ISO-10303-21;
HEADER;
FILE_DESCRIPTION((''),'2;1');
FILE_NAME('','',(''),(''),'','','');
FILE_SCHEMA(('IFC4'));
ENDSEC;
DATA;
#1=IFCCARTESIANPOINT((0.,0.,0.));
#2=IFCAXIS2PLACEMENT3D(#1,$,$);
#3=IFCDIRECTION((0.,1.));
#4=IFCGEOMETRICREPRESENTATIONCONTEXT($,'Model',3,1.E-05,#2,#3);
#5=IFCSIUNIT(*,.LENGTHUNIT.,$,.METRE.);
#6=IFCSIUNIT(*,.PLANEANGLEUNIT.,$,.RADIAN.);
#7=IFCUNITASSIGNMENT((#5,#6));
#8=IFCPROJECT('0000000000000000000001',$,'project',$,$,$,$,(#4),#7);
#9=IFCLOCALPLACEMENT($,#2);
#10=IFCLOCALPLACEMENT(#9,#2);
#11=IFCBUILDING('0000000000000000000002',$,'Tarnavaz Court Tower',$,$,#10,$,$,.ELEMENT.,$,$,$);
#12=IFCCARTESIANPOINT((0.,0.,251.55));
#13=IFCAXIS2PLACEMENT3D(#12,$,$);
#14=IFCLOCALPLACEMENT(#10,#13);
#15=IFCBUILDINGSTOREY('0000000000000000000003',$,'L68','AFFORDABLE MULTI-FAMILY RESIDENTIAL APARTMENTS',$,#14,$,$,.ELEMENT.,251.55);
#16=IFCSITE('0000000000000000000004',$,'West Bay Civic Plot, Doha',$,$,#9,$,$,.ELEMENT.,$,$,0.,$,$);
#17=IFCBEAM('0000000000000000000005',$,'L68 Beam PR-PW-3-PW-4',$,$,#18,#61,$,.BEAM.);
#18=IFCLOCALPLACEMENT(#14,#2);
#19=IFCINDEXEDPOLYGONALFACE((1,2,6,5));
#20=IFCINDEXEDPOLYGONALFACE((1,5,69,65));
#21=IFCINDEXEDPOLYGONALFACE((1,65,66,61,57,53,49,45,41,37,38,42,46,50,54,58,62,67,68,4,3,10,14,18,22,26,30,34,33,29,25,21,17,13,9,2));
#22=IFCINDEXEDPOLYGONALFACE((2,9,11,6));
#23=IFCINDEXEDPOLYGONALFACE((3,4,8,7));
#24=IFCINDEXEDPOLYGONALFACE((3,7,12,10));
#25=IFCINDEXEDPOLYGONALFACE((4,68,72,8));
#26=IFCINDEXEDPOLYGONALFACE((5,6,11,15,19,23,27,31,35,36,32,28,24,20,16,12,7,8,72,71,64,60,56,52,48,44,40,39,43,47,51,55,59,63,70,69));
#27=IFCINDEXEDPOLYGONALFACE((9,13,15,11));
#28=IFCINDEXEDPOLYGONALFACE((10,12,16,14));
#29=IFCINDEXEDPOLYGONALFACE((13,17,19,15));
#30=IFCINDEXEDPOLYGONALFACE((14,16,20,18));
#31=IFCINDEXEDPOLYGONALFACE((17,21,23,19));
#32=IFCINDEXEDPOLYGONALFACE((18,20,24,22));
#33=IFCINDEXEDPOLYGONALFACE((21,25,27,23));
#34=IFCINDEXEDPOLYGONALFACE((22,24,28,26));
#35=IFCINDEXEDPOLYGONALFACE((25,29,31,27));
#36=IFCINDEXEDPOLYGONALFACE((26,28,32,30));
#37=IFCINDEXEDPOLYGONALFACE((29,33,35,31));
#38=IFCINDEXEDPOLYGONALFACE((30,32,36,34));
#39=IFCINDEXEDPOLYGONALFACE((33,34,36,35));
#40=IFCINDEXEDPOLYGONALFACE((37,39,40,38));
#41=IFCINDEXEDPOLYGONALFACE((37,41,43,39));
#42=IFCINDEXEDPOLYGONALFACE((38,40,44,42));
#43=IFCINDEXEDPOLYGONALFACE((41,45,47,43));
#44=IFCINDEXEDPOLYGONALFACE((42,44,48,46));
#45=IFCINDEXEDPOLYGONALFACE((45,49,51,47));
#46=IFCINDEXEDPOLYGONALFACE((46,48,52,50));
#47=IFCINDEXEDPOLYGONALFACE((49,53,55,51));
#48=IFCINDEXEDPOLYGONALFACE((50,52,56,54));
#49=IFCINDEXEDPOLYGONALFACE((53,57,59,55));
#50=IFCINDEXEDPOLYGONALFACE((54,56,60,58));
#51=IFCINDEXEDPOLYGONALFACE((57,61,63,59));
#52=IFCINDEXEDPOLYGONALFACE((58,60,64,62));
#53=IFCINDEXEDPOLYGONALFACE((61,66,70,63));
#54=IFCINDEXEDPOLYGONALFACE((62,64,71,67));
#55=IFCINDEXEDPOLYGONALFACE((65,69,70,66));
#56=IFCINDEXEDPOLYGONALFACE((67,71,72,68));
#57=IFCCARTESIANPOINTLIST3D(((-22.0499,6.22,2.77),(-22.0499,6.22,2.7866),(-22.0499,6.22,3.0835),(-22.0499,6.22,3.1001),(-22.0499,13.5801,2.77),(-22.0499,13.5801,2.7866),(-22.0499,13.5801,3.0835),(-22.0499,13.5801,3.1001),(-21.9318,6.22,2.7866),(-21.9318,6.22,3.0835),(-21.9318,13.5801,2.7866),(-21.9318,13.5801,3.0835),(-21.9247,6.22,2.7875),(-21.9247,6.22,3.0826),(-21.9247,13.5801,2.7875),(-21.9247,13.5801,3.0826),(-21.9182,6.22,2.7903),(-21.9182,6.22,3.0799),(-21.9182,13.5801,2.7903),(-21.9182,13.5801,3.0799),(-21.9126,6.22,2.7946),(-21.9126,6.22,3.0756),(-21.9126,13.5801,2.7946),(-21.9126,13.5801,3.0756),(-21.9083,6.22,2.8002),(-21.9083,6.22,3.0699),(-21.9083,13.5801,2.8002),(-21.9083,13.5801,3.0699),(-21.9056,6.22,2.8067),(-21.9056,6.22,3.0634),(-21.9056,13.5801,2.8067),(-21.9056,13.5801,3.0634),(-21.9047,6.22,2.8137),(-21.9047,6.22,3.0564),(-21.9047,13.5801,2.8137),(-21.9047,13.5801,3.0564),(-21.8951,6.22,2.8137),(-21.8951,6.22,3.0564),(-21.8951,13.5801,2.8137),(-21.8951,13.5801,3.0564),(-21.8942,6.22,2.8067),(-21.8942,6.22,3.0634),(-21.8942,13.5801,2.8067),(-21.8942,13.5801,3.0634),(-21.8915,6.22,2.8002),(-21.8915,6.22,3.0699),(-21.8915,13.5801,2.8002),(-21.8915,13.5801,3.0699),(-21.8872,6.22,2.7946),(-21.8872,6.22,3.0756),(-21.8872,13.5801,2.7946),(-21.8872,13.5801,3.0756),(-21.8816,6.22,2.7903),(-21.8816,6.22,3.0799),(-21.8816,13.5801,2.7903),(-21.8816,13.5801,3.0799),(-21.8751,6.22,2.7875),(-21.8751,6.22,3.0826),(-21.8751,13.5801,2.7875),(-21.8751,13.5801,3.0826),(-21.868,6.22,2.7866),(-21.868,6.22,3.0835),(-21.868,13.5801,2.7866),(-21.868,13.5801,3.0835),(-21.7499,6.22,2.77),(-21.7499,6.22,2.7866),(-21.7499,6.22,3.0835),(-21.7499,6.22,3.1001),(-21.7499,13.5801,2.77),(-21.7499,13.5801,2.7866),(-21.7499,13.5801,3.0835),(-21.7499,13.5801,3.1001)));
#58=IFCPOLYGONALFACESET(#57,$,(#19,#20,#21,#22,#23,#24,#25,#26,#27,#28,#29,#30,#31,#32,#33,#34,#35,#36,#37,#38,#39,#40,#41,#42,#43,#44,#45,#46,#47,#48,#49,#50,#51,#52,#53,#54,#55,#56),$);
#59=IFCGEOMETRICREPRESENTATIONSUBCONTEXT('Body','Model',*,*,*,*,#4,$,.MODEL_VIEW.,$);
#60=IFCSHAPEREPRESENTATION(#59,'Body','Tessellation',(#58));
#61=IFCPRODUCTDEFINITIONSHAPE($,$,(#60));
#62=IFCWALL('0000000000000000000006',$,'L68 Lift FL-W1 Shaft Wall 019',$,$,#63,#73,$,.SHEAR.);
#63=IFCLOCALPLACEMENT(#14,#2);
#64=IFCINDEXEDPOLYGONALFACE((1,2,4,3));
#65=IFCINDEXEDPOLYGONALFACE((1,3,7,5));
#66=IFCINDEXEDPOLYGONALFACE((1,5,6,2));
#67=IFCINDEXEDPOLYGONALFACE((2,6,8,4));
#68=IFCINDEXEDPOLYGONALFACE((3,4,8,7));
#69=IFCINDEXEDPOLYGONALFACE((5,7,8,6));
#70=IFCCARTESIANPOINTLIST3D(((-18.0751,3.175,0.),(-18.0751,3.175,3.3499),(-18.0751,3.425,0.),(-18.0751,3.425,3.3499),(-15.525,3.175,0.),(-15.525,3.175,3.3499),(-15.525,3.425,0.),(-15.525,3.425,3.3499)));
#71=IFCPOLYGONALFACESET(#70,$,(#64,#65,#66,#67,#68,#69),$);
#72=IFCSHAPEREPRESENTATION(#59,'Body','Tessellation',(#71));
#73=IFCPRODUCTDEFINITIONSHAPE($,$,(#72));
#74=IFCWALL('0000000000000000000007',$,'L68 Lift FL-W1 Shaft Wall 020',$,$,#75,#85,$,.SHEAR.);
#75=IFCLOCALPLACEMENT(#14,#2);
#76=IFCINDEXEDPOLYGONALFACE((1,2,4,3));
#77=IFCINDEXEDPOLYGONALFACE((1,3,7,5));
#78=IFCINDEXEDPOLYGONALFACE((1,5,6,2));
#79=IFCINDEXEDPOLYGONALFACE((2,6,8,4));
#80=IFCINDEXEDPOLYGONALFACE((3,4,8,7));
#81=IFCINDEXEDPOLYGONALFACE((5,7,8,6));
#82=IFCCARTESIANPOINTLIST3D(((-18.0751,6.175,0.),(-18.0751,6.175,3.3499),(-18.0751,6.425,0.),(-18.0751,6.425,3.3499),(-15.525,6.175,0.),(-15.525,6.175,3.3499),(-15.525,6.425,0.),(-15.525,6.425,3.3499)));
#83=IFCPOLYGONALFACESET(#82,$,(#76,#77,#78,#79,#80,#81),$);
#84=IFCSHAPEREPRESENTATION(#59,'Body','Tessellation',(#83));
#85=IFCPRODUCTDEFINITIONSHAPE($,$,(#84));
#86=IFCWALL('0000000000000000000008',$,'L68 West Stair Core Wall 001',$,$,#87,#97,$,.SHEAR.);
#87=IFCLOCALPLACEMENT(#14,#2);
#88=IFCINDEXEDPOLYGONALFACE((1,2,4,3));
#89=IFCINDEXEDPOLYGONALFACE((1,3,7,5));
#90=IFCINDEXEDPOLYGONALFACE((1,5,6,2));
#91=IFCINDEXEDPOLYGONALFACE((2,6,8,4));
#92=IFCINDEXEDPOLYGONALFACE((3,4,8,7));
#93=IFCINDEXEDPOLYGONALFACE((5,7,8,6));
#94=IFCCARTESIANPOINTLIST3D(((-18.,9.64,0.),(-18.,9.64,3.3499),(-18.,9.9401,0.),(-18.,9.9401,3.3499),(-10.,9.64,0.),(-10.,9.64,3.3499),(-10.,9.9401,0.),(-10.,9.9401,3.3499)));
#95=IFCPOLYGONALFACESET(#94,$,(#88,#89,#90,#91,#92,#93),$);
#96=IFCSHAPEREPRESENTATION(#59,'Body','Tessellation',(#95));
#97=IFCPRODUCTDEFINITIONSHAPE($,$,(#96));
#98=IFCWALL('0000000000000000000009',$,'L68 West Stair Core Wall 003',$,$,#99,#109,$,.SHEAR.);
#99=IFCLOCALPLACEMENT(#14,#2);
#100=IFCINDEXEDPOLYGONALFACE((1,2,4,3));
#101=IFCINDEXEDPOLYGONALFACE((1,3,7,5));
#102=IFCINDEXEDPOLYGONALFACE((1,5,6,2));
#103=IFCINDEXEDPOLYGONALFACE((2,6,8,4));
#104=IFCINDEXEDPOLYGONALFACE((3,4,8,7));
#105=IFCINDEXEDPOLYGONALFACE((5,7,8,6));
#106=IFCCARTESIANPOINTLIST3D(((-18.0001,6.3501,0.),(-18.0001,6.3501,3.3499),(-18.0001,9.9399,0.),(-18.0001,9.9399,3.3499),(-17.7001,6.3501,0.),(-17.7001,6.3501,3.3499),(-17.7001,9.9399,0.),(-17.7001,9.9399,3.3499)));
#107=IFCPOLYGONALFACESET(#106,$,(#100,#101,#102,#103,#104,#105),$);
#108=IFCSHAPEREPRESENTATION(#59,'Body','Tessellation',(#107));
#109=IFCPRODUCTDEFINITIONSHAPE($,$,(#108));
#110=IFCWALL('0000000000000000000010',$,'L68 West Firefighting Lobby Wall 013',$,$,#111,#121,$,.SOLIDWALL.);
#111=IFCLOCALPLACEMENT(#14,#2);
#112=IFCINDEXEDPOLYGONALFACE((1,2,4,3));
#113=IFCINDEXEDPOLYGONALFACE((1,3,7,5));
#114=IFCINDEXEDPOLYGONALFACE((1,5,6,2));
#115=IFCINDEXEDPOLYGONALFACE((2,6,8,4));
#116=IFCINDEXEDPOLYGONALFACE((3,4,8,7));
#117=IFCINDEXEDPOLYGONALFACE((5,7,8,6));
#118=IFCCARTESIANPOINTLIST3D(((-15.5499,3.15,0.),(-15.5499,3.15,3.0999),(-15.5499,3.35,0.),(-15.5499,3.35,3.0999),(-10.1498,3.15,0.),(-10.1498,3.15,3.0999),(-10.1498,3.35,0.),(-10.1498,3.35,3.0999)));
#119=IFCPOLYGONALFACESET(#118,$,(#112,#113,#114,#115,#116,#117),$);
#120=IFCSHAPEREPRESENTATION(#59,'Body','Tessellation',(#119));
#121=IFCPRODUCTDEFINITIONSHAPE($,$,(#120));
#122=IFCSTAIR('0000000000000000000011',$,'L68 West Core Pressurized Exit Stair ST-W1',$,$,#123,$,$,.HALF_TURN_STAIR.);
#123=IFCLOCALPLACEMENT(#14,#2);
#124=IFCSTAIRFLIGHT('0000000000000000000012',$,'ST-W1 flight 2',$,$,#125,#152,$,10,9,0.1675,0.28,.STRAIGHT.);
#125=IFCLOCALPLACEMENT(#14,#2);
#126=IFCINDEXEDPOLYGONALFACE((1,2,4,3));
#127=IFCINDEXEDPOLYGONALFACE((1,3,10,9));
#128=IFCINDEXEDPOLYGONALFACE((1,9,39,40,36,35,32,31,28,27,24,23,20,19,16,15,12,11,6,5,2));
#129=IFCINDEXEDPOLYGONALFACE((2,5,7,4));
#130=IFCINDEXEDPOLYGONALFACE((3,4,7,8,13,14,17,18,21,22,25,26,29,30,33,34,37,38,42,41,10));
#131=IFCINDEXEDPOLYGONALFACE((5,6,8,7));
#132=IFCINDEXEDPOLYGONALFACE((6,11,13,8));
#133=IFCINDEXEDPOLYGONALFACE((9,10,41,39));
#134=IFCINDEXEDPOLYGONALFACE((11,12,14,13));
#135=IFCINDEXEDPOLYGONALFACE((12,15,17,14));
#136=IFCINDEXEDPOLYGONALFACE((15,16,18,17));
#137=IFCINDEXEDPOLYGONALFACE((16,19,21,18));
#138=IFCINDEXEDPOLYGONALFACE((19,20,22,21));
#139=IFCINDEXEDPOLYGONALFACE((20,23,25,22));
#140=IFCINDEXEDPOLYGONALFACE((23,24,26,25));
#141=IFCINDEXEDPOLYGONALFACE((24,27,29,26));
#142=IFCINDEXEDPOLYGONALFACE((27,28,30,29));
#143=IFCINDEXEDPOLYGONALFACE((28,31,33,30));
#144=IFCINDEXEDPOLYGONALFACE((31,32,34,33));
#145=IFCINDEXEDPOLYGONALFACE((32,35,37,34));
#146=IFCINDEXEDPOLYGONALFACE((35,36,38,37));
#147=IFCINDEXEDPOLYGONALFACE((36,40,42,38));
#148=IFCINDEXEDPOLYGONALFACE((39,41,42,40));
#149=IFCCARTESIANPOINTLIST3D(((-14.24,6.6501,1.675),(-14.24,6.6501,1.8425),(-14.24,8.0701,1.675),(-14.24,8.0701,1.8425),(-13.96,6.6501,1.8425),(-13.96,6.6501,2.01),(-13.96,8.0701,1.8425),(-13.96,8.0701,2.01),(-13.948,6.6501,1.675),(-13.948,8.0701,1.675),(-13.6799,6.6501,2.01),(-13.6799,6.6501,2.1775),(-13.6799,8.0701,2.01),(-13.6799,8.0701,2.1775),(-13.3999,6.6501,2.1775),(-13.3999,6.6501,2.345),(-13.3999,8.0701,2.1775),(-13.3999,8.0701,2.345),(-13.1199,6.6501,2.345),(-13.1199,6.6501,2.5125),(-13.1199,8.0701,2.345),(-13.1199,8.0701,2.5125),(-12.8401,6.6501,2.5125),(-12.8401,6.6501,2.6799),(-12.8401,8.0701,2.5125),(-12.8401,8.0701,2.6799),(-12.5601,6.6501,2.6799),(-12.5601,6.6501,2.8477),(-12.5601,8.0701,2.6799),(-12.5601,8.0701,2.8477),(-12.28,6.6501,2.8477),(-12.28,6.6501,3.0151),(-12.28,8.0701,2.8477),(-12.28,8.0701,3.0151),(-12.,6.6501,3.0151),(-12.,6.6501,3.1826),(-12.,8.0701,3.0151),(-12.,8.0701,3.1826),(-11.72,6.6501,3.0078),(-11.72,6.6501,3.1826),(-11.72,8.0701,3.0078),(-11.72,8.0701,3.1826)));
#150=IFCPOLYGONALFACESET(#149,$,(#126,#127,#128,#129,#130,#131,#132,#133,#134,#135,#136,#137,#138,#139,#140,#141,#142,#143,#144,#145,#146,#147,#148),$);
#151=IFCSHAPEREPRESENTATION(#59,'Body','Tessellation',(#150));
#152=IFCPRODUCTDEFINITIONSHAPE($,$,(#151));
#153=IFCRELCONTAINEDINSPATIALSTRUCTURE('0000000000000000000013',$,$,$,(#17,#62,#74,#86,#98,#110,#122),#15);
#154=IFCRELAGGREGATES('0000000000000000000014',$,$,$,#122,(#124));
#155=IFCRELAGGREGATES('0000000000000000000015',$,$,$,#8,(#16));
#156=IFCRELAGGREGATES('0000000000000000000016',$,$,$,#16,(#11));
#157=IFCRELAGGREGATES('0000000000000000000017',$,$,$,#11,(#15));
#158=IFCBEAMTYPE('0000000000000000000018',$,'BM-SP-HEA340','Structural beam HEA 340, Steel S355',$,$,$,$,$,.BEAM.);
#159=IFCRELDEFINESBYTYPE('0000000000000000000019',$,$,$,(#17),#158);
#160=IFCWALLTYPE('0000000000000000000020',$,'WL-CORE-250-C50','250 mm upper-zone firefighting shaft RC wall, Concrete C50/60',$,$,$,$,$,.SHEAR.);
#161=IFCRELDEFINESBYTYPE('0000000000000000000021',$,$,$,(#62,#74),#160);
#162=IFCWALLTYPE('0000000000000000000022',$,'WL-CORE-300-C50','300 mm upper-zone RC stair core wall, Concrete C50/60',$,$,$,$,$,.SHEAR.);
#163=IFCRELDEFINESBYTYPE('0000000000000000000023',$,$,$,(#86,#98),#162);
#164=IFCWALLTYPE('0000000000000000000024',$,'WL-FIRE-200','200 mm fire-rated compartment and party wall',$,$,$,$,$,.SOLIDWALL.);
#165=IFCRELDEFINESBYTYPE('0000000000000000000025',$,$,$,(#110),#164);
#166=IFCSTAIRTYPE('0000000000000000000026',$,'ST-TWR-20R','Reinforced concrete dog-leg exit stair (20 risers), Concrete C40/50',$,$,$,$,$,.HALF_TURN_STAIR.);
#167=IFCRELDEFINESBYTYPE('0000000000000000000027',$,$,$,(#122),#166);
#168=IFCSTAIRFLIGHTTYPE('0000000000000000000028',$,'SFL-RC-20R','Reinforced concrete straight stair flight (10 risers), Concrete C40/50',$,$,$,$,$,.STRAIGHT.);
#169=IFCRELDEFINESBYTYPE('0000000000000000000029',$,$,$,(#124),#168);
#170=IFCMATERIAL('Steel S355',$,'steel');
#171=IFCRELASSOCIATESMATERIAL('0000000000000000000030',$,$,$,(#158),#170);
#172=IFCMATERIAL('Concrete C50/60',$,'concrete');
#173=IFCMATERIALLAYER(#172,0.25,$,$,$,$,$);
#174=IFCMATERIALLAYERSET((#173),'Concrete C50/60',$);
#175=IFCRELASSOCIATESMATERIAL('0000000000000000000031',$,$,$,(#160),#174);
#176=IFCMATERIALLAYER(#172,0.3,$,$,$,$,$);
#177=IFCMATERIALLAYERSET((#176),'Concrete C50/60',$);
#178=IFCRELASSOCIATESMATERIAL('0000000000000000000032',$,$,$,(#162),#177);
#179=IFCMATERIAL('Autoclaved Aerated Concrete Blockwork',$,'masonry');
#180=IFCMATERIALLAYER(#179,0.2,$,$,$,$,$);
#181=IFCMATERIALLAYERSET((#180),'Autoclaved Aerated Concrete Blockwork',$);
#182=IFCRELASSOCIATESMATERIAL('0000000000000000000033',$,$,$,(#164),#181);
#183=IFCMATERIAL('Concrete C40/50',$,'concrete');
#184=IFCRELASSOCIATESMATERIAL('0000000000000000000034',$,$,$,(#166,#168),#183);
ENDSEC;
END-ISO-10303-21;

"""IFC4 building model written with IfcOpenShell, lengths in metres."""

from ifc_helpers import new_model, si_unit, direction, frame, frame_2d, origin, origin_2d, place, context, subcontext, project, spatial, polyline, rectangle, i_section, outline, extrude, material, layer, layer_set, material_profile, profile_set, type_object, element, aggregate, save


model = new_model("IFC4")

# Units and contexts
model_context = context("Model", 3, precision=1e-05, world=origin(), true_north=direction((0.0, 1.0)))
body_context = subcontext(model_context, "Body", "Model", "MODEL_VIEW")
ifc_project = project(units=[si_unit("LENGTHUNIT", "METRE"), si_unit("PLANEANGLEUNIT", "RADIAN")], contexts=[model_context])

# Site, building, storey
site_placement = place(None, origin())
site = spatial("IfcSite", under=ifc_project, at=site_placement, Name="West Bay Civic Plot, Doha", CompositionType="ELEMENT", RefElevation=0.0)
building_placement = place(site_placement, origin())
building = spatial("IfcBuilding", under=site, at=building_placement, Name="Tarnavaz Court Tower", CompositionType="ELEMENT")
storey_placement = place(building_placement, frame((0.0, 0.0, 251.55)))
storey = spatial("IfcBuildingStorey", under=building, at=storey_placement, Name="L68", Description="AFFORDABLE MULTI-FAMILY RESIDENTIAL APARTMENTS", CompositionType="ELEMENT", Elevation=251.55)

# Shared definitions
ifc_material_1 = material(Name="Concrete C50/60", Category="concrete")

# Beam
ifc_material_2 = material(Name="Steel S355", Category="steel")
ifc_material_profile_1 = material_profile(ifc_material_2, i_section(OverallWidth=0.3, OverallDepth=0.3301, WebThickness=0.0095, FlangeThickness=0.0166, FilletRadius=0.0271, at=origin_2d()), Name="HEA 340")
ifc_profile_set_1 = profile_set([ifc_material_profile_1], Name="Steel S355")
beam_type_1 = type_object("IfcBeamType", Name="BM-SP-HEA340", Description="Structural beam HEA 340, Steel S355", PredefinedType="BEAM", material=ifc_profile_set_1)
beam_1_placement = place(storey_placement, frame((-21.8999, 6.22, 2.9351), z_axis=(0.0, 1.0, 0.0), x_axis=(-1.0, 0.0, 0.0)))
element("IfcBeam", 1, at=beam_1_placement, inside=storey, type_object=beam_type_1, Name="L68 Beam PR-PW-3-PW-4", PredefinedType="BEAM", context=body_context, shape_type="SweptSolid", body=[
    extrude(i_section(OverallWidth=0.3, OverallDepth=0.3301, WebThickness=0.0095, FlangeThickness=0.0166, FilletRadius=0.0271, at=origin_2d()), origin(), (0.0, 0.0, 1.0), 7.3601),
])

# Shared definitions
ifc_layer_1 = layer(ifc_material_1, 0.25)
ifc_layer_set_1 = layer_set([ifc_layer_1], Name="Concrete C50/60")
wall_type_1 = type_object("IfcWallType", Name="WL-CORE-250-C50", Description="250 mm upper-zone firefighting shaft RC wall, Concrete C50/60", PredefinedType="SHEAR", material=ifc_layer_set_1)

# Walls
for number, where, z_axis, x_axis, name in (
    (2, (-18.075, 3.3, 0.0), (0.0, 0.0, 1.0), (1.0, 0.0, 0.0), "L68 Lift FL-W1 Shaft Wall 019"),
    (3, (-18.075, 6.3, 0.0), (0.0, 0.0, 1.0), (1.0, 0.0, 0.0), "L68 Lift FL-W1 Shaft Wall 020"),
):
    element("IfcWall", number, at=place(storey_placement, frame(where, z_axis=z_axis, x_axis=x_axis)), inside=storey, type_object=wall_type_1, Name=name, PredefinedType="SHEAR", context=body_context, shape_type="SweptSolid", body=[
        extrude(rectangle(XDim=2.55, YDim=0.25, at=frame_2d((1.2749, 0.0))), origin(), (0.0, 0.0, 1.0), 3.3499),
    ])
ifc_layer_2 = layer(ifc_material_1, 0.3)
ifc_layer_set_2 = layer_set([ifc_layer_2], Name="Concrete C50/60")
wall_type_2 = type_object("IfcWallType", Name="WL-CORE-300-C50", Description="300 mm upper-zone RC stair core wall, Concrete C50/60", PredefinedType="SHEAR", material=ifc_layer_set_2)
wall_1_placement = place(storey_placement, frame((-18.0, 9.79, 0.0), z_axis=(0.0, 0.0, 1.0), x_axis=(1.0, 0.0, 0.0)))
element("IfcWall", 4, at=wall_1_placement, inside=storey, type_object=wall_type_2, Name="L68 West Stair Core Wall 001", PredefinedType="SHEAR", context=body_context, shape_type="SweptSolid", body=[
    extrude(rectangle(XDim=8.0, YDim=0.3, at=frame_2d((4.0, 0.0))), origin(), (0.0, 0.0, 1.0), 3.3499),
])

# Walls
wall_2_placement = place(storey_placement, frame((-17.8501, 6.3501, 0.0), z_axis=(0.0, 0.0, 1.0), x_axis=(0.0, 1.0, 0.0)))
element("IfcWall", 5, at=wall_2_placement, inside=storey, type_object=wall_type_2, Name="L68 West Stair Core Wall 003", PredefinedType="SHEAR", context=body_context, shape_type="SweptSolid", body=[
    extrude(rectangle(XDim=3.5898, YDim=0.3, at=frame_2d((1.7949, 0.0))), origin(), (0.0, 0.0, 1.0), 3.3499),
])
ifc_material_3 = material(Name="Autoclaved Aerated Concrete Blockwork", Category="masonry")
ifc_layer_3 = layer(ifc_material_3, 0.2)
ifc_layer_set_3 = layer_set([ifc_layer_3], Name="Autoclaved Aerated Concrete Blockwork")
wall_type_3 = type_object("IfcWallType", Name="WL-FIRE-200", Description="200 mm fire-rated compartment and party wall", PredefinedType="SOLIDWALL", material=ifc_layer_set_3)
wall_3_placement = place(storey_placement, frame((-15.55, 3.25, 0.0), z_axis=(0.0, 0.0, 1.0), x_axis=(1.0, 0.0, 0.0)))
element("IfcWall", 6, at=wall_3_placement, inside=storey, type_object=wall_type_3, Name="L68 West Firefighting Lobby Wall 013", PredefinedType="SOLIDWALL", context=body_context, shape_type="SweptSolid", body=[
    extrude(rectangle(XDim=5.4001, YDim=0.2, at=frame_2d((2.7002, 0.0))), origin(), (0.0, 0.0, 1.0), 3.0999),
])

# Stair, stair flight
ifc_material_4 = material(Name="Concrete C40/50", Category="concrete")
stair_type = type_object("IfcStairType", Name="ST-TWR-20R", Description="Reinforced concrete dog-leg exit stair (20 risers), Concrete C40/50", PredefinedType="HALF_TURN_STAIR", material=ifc_material_4)
stair_placement = place(storey_placement, origin())
stair = element("IfcStair", 7, at=stair_placement, inside=storey, type_object=stair_type, Name="L68 West Core Pressurized Exit Stair ST-W1", PredefinedType="HALF_TURN_STAIR")
stair_flight_type = type_object("IfcStairFlightType", Name="SFL-RC-20R", Description="Reinforced concrete straight stair flight (10 risers), Concrete C40/50", PredefinedType="STRAIGHT", material=ifc_material_4)
stair_flight_placement = place(storey_placement, frame((-14.24, 7.3601, 1.675), z_axis=(0.0, 0.0, 1.0), x_axis=(1.0, 0.0, 0.0)))
stair_flight = element("IfcStairFlight", 8, at=stair_flight_placement, type_object=stair_flight_type, Name="ST-W1 flight 2", NumberOfRisers=10, NumberOfTreads=9, PredefinedType="STRAIGHT", RiserHeight=0.1675, TreadLength=0.28, context=body_context, shape_type="SweptSolid", body=[
    extrude(outline(polyline([(0.0, 0.0), (0.0, 0.1675), (0.28, 0.1675), (0.28, 0.335), (0.5601, 0.335), (0.5601, 0.5024), (0.8401, 0.5024), (0.8401, 0.6699), (1.1201, 0.6699), (1.1201, 0.8374), (1.3999, 0.8374), (1.3999, 1.0049), (1.6799, 1.0049), (1.6799, 1.1726), (1.96, 1.1726), (1.96, 1.3401), (2.24, 1.3401), (2.24, 1.5076), (2.52, 1.5076), (2.52, 1.675), (2.52, 1.3328), (0.292, 0.0), (0.0, 0.0)])), frame((0.0, 0.71, 0.0), z_axis=(0.0, -1.0, 0.0), x_axis=(1.0, 0.0, 0.0)), (0.0, 0.0, 1.0), 1.4199),
])
aggregate(stair, [stair_flight])

save(model, "model.ifc")
